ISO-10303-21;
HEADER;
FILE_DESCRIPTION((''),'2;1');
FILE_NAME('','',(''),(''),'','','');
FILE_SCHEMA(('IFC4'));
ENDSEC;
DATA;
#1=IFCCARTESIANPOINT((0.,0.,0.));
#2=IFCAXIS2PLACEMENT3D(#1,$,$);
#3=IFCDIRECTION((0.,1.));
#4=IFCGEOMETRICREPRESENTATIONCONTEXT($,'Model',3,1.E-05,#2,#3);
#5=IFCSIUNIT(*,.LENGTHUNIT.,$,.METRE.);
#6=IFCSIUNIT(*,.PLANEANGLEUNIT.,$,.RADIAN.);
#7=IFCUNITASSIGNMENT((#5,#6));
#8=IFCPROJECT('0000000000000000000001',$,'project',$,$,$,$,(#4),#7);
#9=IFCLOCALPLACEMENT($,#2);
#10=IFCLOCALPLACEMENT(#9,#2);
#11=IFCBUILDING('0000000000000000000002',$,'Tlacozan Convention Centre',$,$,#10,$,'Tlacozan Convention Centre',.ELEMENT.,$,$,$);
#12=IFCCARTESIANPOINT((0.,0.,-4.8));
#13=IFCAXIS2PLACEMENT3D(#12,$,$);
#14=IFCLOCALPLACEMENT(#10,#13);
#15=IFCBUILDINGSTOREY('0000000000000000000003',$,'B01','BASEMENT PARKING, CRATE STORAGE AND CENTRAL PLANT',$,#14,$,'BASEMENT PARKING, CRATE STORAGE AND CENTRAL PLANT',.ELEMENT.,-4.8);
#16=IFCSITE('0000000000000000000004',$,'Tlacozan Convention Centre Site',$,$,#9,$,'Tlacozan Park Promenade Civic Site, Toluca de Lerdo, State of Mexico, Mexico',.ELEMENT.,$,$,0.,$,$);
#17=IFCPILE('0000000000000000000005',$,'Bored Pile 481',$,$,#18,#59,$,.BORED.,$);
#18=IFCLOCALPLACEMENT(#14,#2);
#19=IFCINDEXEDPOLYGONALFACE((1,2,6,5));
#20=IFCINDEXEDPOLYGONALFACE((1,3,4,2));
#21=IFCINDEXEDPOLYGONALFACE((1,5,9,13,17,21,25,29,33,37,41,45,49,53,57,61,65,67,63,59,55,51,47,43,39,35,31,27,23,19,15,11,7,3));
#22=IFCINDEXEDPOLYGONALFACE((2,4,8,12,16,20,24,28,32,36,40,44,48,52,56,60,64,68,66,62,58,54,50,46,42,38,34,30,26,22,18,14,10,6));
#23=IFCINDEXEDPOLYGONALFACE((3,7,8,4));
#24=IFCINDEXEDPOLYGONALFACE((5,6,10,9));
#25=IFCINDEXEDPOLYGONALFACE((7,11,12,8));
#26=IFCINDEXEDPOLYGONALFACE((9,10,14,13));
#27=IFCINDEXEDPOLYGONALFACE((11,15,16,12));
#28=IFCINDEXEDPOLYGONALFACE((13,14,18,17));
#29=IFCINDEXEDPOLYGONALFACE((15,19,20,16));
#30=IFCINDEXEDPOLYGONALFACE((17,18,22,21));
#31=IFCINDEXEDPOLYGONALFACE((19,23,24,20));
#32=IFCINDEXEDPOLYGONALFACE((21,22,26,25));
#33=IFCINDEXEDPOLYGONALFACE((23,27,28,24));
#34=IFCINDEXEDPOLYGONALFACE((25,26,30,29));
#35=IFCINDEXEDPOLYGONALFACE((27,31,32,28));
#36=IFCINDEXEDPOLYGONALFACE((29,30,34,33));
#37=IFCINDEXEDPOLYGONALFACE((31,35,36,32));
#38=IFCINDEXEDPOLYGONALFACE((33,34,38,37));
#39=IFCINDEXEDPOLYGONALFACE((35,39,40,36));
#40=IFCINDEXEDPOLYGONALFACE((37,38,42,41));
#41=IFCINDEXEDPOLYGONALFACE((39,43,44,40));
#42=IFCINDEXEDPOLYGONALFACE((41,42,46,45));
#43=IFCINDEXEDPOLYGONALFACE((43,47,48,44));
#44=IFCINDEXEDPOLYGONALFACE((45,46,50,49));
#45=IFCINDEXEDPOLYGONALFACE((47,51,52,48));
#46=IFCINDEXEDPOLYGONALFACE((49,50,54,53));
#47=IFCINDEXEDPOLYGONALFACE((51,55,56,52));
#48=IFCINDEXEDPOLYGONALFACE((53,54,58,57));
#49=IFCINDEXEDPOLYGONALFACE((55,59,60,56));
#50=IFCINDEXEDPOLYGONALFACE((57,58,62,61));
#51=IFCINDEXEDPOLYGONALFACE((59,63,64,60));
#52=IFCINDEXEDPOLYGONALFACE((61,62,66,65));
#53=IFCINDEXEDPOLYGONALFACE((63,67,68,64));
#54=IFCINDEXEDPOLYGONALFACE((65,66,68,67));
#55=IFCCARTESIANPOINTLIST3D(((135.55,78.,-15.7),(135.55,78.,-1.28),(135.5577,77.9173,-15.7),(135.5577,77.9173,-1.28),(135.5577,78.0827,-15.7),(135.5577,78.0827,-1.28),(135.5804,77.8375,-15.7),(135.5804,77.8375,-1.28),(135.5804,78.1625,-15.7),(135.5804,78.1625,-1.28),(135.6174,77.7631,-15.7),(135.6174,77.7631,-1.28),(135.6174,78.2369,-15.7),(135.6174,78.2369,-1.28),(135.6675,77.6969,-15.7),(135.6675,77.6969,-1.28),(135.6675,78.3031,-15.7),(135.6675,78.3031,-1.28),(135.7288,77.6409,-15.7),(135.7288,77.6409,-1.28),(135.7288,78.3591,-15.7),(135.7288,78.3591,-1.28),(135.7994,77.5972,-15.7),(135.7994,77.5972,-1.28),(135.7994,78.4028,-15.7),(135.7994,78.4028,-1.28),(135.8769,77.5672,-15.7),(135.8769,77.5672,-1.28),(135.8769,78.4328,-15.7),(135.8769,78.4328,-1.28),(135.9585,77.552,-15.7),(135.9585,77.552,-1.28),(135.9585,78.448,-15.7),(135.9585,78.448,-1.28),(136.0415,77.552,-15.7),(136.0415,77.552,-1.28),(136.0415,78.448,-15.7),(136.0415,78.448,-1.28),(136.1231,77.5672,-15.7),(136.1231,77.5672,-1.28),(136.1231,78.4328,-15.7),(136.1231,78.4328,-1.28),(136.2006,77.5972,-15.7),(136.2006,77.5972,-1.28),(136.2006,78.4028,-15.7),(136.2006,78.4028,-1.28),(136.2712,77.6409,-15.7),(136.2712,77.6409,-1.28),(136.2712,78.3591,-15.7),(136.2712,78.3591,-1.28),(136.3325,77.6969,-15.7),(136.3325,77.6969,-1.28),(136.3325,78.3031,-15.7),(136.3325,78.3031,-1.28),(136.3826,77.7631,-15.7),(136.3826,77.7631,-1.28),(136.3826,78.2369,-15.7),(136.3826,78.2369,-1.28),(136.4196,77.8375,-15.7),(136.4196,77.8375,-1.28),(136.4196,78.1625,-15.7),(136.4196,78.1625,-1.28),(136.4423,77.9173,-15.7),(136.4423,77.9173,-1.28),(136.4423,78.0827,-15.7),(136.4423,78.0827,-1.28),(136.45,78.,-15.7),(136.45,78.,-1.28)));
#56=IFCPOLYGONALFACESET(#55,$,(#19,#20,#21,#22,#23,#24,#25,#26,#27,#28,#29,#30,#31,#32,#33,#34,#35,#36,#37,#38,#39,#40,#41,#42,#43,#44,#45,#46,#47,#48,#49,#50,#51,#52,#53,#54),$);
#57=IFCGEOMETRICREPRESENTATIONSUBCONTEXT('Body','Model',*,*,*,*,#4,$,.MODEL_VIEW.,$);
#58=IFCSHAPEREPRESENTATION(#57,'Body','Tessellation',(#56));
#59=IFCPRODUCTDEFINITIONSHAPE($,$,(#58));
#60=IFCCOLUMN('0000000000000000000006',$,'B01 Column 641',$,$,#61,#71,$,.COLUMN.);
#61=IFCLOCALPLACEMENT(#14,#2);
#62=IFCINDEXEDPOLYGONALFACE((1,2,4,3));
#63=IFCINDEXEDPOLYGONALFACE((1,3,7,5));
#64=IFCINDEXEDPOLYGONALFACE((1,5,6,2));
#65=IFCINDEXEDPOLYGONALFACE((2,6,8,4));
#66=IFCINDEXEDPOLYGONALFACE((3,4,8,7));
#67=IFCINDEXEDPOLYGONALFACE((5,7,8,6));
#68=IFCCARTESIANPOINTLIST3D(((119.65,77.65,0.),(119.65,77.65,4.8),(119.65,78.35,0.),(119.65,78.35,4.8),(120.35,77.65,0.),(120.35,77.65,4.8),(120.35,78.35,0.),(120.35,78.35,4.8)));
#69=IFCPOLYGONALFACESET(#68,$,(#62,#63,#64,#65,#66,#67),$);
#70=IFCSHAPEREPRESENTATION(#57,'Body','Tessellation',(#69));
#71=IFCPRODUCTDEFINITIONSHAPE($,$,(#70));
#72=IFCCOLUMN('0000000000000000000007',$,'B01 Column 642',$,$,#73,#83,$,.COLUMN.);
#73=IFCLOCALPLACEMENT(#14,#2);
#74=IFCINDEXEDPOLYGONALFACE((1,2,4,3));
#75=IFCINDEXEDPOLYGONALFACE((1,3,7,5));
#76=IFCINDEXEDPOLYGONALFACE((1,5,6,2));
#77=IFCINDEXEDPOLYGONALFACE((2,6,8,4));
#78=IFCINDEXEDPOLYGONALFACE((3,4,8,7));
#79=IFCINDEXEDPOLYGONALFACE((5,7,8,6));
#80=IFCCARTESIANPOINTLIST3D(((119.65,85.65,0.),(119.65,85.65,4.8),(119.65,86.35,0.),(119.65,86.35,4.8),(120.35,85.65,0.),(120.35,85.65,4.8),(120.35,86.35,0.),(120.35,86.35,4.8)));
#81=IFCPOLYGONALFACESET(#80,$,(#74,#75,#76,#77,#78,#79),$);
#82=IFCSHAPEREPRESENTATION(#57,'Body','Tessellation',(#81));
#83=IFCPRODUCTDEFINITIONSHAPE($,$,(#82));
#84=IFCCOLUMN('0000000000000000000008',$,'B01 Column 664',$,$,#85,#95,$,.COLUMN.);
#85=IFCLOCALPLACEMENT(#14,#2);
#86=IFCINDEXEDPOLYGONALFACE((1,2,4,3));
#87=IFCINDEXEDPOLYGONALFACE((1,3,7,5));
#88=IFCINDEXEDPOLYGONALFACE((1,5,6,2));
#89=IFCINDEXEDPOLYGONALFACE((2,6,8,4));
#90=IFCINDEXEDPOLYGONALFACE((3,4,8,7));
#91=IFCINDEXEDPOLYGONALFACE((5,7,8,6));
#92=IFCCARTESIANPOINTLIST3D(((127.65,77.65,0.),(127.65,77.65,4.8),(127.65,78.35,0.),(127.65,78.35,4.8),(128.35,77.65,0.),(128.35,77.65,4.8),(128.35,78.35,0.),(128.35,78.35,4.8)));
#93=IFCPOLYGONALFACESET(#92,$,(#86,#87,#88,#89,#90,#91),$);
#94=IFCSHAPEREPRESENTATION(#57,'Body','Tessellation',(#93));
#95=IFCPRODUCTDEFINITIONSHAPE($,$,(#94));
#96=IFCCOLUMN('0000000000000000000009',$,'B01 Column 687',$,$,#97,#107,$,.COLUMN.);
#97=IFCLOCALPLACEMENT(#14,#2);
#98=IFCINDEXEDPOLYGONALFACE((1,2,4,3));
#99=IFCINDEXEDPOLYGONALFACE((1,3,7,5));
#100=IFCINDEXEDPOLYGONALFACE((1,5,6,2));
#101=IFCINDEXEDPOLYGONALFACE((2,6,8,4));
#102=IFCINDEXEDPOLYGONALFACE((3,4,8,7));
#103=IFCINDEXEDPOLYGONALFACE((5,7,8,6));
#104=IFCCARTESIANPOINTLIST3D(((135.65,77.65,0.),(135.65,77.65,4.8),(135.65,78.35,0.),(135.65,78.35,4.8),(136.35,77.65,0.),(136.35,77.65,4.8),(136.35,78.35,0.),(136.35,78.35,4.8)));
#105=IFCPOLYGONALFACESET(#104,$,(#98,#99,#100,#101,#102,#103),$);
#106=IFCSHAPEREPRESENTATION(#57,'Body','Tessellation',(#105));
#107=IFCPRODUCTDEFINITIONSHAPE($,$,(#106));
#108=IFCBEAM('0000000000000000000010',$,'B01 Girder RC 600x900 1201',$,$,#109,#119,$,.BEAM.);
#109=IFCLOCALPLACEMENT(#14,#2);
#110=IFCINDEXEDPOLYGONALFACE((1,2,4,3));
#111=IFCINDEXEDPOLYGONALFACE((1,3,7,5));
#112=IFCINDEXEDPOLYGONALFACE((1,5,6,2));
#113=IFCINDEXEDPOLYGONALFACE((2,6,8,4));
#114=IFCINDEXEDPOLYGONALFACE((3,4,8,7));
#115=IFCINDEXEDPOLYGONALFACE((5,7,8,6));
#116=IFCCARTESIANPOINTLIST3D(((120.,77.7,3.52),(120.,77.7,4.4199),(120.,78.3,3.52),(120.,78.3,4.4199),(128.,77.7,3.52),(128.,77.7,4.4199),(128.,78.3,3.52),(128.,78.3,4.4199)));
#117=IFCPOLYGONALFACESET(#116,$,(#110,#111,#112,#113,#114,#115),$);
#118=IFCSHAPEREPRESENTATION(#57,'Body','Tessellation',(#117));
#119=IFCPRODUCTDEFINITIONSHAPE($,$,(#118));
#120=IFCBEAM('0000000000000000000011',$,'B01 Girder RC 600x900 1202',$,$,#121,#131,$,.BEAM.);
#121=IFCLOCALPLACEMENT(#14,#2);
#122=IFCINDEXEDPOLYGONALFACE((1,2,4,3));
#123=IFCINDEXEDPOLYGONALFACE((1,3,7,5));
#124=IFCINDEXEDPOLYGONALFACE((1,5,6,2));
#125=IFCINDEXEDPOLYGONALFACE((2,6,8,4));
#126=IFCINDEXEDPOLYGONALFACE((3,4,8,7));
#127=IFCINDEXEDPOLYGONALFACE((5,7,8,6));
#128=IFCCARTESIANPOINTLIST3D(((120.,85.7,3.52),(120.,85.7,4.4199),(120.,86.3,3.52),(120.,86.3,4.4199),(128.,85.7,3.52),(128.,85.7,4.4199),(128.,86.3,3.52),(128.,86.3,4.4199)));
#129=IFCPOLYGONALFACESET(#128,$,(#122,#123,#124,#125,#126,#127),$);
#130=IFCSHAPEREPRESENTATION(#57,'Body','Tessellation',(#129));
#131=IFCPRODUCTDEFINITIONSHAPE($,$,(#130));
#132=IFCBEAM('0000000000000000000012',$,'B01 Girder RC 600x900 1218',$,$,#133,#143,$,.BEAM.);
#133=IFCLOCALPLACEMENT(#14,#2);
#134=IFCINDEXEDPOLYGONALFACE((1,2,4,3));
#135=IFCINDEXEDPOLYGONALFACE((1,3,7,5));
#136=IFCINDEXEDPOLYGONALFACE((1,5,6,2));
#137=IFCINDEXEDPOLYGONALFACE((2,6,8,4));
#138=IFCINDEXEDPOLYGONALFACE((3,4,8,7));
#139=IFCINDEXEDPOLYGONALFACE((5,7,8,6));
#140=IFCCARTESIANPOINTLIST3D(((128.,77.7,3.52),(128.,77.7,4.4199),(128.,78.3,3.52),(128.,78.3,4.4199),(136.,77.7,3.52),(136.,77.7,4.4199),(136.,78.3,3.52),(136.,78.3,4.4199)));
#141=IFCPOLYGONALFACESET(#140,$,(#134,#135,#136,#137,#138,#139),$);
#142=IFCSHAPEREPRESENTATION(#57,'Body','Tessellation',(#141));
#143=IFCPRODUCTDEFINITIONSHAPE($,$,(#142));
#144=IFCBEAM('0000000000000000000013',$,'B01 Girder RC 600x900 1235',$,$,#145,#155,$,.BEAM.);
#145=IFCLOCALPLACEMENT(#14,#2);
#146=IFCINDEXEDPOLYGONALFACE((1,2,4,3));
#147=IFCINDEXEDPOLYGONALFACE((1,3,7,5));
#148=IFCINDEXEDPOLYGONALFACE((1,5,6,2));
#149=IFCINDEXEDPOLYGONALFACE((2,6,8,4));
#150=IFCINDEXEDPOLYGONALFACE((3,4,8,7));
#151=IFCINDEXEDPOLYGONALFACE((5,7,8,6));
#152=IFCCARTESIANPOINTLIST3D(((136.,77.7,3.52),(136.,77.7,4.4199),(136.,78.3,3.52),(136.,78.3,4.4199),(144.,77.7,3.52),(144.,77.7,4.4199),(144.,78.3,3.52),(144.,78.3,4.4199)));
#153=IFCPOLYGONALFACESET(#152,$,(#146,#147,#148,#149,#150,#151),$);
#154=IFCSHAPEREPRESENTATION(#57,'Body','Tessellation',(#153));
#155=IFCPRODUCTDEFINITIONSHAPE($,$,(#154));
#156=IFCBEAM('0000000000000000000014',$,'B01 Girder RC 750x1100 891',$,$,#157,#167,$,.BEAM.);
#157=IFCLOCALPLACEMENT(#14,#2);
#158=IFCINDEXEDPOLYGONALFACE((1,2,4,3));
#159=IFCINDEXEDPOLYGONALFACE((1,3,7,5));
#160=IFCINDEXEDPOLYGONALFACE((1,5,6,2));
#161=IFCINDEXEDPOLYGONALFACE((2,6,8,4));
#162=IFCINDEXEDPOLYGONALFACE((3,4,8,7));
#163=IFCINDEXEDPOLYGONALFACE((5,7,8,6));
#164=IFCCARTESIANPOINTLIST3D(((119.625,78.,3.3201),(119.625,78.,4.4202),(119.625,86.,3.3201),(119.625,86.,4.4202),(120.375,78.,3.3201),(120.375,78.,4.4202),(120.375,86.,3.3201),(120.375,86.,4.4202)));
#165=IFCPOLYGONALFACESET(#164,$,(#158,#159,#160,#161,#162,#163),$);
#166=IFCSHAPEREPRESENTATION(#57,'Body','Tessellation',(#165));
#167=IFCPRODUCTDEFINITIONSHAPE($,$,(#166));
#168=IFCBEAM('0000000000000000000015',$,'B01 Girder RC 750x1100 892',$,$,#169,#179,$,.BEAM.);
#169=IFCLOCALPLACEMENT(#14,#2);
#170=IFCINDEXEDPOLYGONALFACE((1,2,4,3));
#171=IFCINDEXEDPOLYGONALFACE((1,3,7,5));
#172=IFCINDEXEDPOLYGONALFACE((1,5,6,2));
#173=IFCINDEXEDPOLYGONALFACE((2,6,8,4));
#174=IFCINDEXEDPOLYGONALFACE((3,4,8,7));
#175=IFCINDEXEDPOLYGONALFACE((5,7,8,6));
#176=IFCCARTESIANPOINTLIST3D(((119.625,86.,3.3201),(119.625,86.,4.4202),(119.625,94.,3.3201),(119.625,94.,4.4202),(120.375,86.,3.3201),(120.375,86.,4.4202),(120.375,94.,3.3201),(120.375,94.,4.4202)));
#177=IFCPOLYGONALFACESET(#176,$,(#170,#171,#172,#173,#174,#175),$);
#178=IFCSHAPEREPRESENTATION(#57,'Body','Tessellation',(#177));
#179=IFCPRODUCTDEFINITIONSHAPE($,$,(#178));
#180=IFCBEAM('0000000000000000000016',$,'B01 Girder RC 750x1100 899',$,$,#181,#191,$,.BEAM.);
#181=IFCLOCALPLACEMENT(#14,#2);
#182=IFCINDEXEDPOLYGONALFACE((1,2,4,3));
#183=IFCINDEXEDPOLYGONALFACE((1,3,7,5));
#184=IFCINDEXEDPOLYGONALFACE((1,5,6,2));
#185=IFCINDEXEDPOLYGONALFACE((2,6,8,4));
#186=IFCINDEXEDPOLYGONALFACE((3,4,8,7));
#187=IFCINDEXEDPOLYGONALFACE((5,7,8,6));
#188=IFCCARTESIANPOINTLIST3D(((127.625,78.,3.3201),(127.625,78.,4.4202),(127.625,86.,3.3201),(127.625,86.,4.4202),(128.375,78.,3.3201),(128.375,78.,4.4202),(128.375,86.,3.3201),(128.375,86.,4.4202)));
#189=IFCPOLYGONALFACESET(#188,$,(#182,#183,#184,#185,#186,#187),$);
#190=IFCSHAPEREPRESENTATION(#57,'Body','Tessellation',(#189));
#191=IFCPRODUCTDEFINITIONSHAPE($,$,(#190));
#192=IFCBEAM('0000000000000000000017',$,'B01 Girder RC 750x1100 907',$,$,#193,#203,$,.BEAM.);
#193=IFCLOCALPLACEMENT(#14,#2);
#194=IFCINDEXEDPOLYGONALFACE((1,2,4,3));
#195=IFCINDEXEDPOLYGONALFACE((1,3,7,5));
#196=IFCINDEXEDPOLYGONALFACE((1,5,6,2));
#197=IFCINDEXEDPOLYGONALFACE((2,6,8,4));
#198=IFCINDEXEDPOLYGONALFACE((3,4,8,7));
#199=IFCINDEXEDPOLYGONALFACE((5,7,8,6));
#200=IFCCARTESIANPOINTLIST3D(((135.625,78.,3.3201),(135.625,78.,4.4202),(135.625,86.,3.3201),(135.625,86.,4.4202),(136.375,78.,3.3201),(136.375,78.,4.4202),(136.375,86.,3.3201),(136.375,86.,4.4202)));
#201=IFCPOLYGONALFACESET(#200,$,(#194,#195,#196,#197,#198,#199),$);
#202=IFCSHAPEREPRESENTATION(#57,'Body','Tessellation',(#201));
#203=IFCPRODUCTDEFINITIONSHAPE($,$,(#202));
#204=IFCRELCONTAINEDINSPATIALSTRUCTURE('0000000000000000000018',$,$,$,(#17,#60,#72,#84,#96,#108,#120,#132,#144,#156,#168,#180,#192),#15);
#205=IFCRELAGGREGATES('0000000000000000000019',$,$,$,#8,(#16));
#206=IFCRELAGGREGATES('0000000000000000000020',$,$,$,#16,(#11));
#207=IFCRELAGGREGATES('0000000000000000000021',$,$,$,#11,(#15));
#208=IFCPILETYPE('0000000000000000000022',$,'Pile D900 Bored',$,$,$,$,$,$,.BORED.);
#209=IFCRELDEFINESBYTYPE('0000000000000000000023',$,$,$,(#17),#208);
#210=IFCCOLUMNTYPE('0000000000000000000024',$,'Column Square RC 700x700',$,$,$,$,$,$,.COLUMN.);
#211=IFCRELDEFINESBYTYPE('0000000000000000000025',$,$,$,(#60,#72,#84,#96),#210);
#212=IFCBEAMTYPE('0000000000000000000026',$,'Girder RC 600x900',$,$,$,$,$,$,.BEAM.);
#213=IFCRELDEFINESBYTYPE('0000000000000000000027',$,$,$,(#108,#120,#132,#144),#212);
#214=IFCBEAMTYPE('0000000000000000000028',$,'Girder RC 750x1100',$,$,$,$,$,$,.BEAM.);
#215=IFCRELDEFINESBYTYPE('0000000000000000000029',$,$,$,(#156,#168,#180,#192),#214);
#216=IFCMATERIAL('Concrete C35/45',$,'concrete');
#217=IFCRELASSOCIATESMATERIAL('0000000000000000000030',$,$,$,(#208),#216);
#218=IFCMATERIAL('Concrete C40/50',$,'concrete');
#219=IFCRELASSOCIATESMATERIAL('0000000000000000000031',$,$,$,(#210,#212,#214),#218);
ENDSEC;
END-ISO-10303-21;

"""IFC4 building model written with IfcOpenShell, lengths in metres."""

from ifc_helpers import new_model, si_unit, direction, frame, origin, origin_2d, place, context, subcontext, project, spatial, rectangle, circle, extrude, material, material_profile, profile_set, type_object, element, save


model = new_model("IFC4")

# Units and contexts
model_context = context("Model", 3, precision=1e-05, world=origin(), true_north=direction((0.0, 1.0)))
body_context = subcontext(model_context, "Body", "Model", "MODEL_VIEW")
ifc_project = project(units=[si_unit("LENGTHUNIT", "METRE"), si_unit("PLANEANGLEUNIT", "RADIAN")], contexts=[model_context])

# Site, building, storey
site_placement = place(None, origin())
site = spatial("IfcSite", under=ifc_project, at=site_placement, Name="Tlacozan Convention Centre Site", LongName="Tlacozan Park Promenade Civic Site, Toluca de Lerdo, State of Mexico, Mexico", CompositionType="ELEMENT", RefElevation=0.0)
building_placement = place(site_placement, origin())
building = spatial("IfcBuilding", under=site, at=building_placement, Name="Tlacozan Convention Centre", LongName="Tlacozan Convention Centre", CompositionType="ELEMENT")
storey_placement = place(building_placement, frame((0.0, 0.0, -4.8)))
storey = spatial("IfcBuildingStorey", under=building, at=storey_placement, Name="B01", Description="BASEMENT PARKING, CRATE STORAGE AND CENTRAL PLANT", LongName="BASEMENT PARKING, CRATE STORAGE AND CENTRAL PLANT", CompositionType="ELEMENT", Elevation=-4.8)

# Shared definitions
ifc_material_1 = material(Name="Concrete C35/45", Category="concrete")

# Pile
ifc_material_profile_1 = material_profile(ifc_material_1, circle(Radius=0.45, at=origin_2d()), Name="PILE D900")
ifc_profile_set_1 = profile_set([ifc_material_profile_1], Name="Concrete C35/45")
pile_type_1 = type_object("IfcPileType", Name="Pile D900 Bored", PredefinedType="BORED", material=ifc_profile_set_1)
for number, where, z_axis, x_axis, name in (
    (1, (136.0, 78.0, -1.28), (0.0, 0.0, -1.0), (1.0, 0.0, 0.0), "Bored Pile 481"),
):
    element("IfcPile", number, at=place(storey_placement, frame(where, z_axis=z_axis, x_axis=x_axis)), inside=storey, type_object=pile_type_1, Name=name, PredefinedType="BORED", context=body_context, shape_type="SweptSolid", body=[
        extrude(circle(Radius=0.45, at=origin_2d()), origin(), (0.0, 0.0, 1.0), 14.4199),
    ])

# Columns
ifc_material_2 = material(Name="Concrete C40/50", Category="concrete")
ifc_material_profile_2 = material_profile(ifc_material_2, rectangle(XDim=0.7, YDim=0.7, at=origin_2d()), Name="RC 700x700")
ifc_profile_set_2 = profile_set([ifc_material_profile_2], Name="Concrete C40/50")
column_type = type_object("IfcColumnType", Name="Column Square RC 700x700", PredefinedType="COLUMN", material=ifc_profile_set_2)
for number, where, z_axis, x_axis, name in (
    (2, (120.0, 78.0, 0.0), (0.0, 0.0, 1.0), (1.0, 0.0, 0.0), "B01 Column 641"),
    (3, (120.0, 86.0, 0.0), (0.0, 0.0, 1.0), (1.0, 0.0, 0.0), "B01 Column 642"),
    (4, (128.0, 78.0, 0.0), (0.0, 0.0, 1.0), (1.0, 0.0, 0.0), "B01 Column 664"),
    (5, (136.0, 78.0, 0.0), (0.0, 0.0, 1.0), (1.0, 0.0, 0.0), "B01 Column 687"),
):
    element("IfcColumn", number, at=place(storey_placement, frame(where, z_axis=z_axis, x_axis=x_axis)), inside=storey, type_object=column_type, Name=name, PredefinedType="COLUMN", context=body_context, shape_type="SweptSolid", body=[
        extrude(rectangle(XDim=0.7, YDim=0.7, at=origin_2d()), origin(), (0.0, 0.0, 1.0), 4.8),
    ])

# Beams
ifc_material_profile_3 = material_profile(ifc_material_2, rectangle(XDim=0.6001, YDim=0.8999, at=origin_2d()), Name="RC 600x900")
ifc_profile_set_3 = profile_set([ifc_material_profile_3], Name="Concrete C40/50")
beam_type_1 = type_object("IfcBeamType", Name="Girder RC 600x900", PredefinedType="BEAM", material=ifc_profile_set_3)
for number, where, z_axis, x_axis, name in (
    (6, (120.0, 78.0, 3.97), (1.0, 0.0, 0.0), (0.0, 1.0, 0.0), "B01 Girder RC 600x900 1201"),
    (7, (120.0, 86.0, 3.97), (1.0, 0.0, 0.0), (0.0, 1.0, 0.0), "B01 Girder RC 600x900 1202"),
    (8, (128.0, 78.0, 3.97), (1.0, 0.0, 0.0), (0.0, 1.0, 0.0), "B01 Girder RC 600x900 1218"),
    (9, (136.0, 78.0, 3.97), (1.0, 0.0, 0.0), (0.0, 1.0, 0.0), "B01 Girder RC 600x900 1235"),
):
    element("IfcBeam", number, at=place(storey_placement, frame(where, z_axis=z_axis, x_axis=x_axis)), inside=storey, type_object=beam_type_1, Name=name, PredefinedType="BEAM", context=body_context, shape_type="SweptSolid", body=[
        extrude(rectangle(XDim=0.6001, YDim=0.8999, at=origin_2d()), origin(), (0.0, 0.0, 1.0), 8.0),
    ])
ifc_material_profile_4 = material_profile(ifc_material_2, rectangle(XDim=0.75, YDim=1.1001, at=origin_2d()), Name="RC 750x1100")
ifc_profile_set_4 = profile_set([ifc_material_profile_4], Name="Concrete C40/50")
beam_type_2 = type_object("IfcBeamType", Name="Girder RC 750x1100", PredefinedType="BEAM", material=ifc_profile_set_4)
for number, where, z_axis, x_axis, name in (
    (10, (120.0, 78.0, 3.8701), (0.0, 1.0, 0.0), (-1.0, 0.0, 0.0), "B01 Girder RC 750x1100 891"),
    (11, (120.0, 86.0, 3.8701), (0.0, 1.0, 0.0), (-1.0, 0.0, 0.0), "B01 Girder RC 750x1100 892"),
    (12, (128.0, 78.0, 3.8701), (0.0, 1.0, 0.0), (-1.0, 0.0, 0.0), "B01 Girder RC 750x1100 899"),
    (13, (136.0, 78.0, 3.8701), (0.0, 1.0, 0.0), (-1.0, 0.0, 0.0), "B01 Girder RC 750x1100 907"),
):
    element("IfcBeam", number, at=place(storey_placement, frame(where, z_axis=z_axis, x_axis=x_axis)), inside=storey, type_object=beam_type_2, Name=name, PredefinedType="BEAM", context=body_context, shape_type="SweptSolid", body=[
        extrude(rectangle(XDim=0.75, YDim=1.1001, at=origin_2d()), origin(), (0.0, 0.0, 1.0), 8.0),
    ])

save(model, "model.ifc")
